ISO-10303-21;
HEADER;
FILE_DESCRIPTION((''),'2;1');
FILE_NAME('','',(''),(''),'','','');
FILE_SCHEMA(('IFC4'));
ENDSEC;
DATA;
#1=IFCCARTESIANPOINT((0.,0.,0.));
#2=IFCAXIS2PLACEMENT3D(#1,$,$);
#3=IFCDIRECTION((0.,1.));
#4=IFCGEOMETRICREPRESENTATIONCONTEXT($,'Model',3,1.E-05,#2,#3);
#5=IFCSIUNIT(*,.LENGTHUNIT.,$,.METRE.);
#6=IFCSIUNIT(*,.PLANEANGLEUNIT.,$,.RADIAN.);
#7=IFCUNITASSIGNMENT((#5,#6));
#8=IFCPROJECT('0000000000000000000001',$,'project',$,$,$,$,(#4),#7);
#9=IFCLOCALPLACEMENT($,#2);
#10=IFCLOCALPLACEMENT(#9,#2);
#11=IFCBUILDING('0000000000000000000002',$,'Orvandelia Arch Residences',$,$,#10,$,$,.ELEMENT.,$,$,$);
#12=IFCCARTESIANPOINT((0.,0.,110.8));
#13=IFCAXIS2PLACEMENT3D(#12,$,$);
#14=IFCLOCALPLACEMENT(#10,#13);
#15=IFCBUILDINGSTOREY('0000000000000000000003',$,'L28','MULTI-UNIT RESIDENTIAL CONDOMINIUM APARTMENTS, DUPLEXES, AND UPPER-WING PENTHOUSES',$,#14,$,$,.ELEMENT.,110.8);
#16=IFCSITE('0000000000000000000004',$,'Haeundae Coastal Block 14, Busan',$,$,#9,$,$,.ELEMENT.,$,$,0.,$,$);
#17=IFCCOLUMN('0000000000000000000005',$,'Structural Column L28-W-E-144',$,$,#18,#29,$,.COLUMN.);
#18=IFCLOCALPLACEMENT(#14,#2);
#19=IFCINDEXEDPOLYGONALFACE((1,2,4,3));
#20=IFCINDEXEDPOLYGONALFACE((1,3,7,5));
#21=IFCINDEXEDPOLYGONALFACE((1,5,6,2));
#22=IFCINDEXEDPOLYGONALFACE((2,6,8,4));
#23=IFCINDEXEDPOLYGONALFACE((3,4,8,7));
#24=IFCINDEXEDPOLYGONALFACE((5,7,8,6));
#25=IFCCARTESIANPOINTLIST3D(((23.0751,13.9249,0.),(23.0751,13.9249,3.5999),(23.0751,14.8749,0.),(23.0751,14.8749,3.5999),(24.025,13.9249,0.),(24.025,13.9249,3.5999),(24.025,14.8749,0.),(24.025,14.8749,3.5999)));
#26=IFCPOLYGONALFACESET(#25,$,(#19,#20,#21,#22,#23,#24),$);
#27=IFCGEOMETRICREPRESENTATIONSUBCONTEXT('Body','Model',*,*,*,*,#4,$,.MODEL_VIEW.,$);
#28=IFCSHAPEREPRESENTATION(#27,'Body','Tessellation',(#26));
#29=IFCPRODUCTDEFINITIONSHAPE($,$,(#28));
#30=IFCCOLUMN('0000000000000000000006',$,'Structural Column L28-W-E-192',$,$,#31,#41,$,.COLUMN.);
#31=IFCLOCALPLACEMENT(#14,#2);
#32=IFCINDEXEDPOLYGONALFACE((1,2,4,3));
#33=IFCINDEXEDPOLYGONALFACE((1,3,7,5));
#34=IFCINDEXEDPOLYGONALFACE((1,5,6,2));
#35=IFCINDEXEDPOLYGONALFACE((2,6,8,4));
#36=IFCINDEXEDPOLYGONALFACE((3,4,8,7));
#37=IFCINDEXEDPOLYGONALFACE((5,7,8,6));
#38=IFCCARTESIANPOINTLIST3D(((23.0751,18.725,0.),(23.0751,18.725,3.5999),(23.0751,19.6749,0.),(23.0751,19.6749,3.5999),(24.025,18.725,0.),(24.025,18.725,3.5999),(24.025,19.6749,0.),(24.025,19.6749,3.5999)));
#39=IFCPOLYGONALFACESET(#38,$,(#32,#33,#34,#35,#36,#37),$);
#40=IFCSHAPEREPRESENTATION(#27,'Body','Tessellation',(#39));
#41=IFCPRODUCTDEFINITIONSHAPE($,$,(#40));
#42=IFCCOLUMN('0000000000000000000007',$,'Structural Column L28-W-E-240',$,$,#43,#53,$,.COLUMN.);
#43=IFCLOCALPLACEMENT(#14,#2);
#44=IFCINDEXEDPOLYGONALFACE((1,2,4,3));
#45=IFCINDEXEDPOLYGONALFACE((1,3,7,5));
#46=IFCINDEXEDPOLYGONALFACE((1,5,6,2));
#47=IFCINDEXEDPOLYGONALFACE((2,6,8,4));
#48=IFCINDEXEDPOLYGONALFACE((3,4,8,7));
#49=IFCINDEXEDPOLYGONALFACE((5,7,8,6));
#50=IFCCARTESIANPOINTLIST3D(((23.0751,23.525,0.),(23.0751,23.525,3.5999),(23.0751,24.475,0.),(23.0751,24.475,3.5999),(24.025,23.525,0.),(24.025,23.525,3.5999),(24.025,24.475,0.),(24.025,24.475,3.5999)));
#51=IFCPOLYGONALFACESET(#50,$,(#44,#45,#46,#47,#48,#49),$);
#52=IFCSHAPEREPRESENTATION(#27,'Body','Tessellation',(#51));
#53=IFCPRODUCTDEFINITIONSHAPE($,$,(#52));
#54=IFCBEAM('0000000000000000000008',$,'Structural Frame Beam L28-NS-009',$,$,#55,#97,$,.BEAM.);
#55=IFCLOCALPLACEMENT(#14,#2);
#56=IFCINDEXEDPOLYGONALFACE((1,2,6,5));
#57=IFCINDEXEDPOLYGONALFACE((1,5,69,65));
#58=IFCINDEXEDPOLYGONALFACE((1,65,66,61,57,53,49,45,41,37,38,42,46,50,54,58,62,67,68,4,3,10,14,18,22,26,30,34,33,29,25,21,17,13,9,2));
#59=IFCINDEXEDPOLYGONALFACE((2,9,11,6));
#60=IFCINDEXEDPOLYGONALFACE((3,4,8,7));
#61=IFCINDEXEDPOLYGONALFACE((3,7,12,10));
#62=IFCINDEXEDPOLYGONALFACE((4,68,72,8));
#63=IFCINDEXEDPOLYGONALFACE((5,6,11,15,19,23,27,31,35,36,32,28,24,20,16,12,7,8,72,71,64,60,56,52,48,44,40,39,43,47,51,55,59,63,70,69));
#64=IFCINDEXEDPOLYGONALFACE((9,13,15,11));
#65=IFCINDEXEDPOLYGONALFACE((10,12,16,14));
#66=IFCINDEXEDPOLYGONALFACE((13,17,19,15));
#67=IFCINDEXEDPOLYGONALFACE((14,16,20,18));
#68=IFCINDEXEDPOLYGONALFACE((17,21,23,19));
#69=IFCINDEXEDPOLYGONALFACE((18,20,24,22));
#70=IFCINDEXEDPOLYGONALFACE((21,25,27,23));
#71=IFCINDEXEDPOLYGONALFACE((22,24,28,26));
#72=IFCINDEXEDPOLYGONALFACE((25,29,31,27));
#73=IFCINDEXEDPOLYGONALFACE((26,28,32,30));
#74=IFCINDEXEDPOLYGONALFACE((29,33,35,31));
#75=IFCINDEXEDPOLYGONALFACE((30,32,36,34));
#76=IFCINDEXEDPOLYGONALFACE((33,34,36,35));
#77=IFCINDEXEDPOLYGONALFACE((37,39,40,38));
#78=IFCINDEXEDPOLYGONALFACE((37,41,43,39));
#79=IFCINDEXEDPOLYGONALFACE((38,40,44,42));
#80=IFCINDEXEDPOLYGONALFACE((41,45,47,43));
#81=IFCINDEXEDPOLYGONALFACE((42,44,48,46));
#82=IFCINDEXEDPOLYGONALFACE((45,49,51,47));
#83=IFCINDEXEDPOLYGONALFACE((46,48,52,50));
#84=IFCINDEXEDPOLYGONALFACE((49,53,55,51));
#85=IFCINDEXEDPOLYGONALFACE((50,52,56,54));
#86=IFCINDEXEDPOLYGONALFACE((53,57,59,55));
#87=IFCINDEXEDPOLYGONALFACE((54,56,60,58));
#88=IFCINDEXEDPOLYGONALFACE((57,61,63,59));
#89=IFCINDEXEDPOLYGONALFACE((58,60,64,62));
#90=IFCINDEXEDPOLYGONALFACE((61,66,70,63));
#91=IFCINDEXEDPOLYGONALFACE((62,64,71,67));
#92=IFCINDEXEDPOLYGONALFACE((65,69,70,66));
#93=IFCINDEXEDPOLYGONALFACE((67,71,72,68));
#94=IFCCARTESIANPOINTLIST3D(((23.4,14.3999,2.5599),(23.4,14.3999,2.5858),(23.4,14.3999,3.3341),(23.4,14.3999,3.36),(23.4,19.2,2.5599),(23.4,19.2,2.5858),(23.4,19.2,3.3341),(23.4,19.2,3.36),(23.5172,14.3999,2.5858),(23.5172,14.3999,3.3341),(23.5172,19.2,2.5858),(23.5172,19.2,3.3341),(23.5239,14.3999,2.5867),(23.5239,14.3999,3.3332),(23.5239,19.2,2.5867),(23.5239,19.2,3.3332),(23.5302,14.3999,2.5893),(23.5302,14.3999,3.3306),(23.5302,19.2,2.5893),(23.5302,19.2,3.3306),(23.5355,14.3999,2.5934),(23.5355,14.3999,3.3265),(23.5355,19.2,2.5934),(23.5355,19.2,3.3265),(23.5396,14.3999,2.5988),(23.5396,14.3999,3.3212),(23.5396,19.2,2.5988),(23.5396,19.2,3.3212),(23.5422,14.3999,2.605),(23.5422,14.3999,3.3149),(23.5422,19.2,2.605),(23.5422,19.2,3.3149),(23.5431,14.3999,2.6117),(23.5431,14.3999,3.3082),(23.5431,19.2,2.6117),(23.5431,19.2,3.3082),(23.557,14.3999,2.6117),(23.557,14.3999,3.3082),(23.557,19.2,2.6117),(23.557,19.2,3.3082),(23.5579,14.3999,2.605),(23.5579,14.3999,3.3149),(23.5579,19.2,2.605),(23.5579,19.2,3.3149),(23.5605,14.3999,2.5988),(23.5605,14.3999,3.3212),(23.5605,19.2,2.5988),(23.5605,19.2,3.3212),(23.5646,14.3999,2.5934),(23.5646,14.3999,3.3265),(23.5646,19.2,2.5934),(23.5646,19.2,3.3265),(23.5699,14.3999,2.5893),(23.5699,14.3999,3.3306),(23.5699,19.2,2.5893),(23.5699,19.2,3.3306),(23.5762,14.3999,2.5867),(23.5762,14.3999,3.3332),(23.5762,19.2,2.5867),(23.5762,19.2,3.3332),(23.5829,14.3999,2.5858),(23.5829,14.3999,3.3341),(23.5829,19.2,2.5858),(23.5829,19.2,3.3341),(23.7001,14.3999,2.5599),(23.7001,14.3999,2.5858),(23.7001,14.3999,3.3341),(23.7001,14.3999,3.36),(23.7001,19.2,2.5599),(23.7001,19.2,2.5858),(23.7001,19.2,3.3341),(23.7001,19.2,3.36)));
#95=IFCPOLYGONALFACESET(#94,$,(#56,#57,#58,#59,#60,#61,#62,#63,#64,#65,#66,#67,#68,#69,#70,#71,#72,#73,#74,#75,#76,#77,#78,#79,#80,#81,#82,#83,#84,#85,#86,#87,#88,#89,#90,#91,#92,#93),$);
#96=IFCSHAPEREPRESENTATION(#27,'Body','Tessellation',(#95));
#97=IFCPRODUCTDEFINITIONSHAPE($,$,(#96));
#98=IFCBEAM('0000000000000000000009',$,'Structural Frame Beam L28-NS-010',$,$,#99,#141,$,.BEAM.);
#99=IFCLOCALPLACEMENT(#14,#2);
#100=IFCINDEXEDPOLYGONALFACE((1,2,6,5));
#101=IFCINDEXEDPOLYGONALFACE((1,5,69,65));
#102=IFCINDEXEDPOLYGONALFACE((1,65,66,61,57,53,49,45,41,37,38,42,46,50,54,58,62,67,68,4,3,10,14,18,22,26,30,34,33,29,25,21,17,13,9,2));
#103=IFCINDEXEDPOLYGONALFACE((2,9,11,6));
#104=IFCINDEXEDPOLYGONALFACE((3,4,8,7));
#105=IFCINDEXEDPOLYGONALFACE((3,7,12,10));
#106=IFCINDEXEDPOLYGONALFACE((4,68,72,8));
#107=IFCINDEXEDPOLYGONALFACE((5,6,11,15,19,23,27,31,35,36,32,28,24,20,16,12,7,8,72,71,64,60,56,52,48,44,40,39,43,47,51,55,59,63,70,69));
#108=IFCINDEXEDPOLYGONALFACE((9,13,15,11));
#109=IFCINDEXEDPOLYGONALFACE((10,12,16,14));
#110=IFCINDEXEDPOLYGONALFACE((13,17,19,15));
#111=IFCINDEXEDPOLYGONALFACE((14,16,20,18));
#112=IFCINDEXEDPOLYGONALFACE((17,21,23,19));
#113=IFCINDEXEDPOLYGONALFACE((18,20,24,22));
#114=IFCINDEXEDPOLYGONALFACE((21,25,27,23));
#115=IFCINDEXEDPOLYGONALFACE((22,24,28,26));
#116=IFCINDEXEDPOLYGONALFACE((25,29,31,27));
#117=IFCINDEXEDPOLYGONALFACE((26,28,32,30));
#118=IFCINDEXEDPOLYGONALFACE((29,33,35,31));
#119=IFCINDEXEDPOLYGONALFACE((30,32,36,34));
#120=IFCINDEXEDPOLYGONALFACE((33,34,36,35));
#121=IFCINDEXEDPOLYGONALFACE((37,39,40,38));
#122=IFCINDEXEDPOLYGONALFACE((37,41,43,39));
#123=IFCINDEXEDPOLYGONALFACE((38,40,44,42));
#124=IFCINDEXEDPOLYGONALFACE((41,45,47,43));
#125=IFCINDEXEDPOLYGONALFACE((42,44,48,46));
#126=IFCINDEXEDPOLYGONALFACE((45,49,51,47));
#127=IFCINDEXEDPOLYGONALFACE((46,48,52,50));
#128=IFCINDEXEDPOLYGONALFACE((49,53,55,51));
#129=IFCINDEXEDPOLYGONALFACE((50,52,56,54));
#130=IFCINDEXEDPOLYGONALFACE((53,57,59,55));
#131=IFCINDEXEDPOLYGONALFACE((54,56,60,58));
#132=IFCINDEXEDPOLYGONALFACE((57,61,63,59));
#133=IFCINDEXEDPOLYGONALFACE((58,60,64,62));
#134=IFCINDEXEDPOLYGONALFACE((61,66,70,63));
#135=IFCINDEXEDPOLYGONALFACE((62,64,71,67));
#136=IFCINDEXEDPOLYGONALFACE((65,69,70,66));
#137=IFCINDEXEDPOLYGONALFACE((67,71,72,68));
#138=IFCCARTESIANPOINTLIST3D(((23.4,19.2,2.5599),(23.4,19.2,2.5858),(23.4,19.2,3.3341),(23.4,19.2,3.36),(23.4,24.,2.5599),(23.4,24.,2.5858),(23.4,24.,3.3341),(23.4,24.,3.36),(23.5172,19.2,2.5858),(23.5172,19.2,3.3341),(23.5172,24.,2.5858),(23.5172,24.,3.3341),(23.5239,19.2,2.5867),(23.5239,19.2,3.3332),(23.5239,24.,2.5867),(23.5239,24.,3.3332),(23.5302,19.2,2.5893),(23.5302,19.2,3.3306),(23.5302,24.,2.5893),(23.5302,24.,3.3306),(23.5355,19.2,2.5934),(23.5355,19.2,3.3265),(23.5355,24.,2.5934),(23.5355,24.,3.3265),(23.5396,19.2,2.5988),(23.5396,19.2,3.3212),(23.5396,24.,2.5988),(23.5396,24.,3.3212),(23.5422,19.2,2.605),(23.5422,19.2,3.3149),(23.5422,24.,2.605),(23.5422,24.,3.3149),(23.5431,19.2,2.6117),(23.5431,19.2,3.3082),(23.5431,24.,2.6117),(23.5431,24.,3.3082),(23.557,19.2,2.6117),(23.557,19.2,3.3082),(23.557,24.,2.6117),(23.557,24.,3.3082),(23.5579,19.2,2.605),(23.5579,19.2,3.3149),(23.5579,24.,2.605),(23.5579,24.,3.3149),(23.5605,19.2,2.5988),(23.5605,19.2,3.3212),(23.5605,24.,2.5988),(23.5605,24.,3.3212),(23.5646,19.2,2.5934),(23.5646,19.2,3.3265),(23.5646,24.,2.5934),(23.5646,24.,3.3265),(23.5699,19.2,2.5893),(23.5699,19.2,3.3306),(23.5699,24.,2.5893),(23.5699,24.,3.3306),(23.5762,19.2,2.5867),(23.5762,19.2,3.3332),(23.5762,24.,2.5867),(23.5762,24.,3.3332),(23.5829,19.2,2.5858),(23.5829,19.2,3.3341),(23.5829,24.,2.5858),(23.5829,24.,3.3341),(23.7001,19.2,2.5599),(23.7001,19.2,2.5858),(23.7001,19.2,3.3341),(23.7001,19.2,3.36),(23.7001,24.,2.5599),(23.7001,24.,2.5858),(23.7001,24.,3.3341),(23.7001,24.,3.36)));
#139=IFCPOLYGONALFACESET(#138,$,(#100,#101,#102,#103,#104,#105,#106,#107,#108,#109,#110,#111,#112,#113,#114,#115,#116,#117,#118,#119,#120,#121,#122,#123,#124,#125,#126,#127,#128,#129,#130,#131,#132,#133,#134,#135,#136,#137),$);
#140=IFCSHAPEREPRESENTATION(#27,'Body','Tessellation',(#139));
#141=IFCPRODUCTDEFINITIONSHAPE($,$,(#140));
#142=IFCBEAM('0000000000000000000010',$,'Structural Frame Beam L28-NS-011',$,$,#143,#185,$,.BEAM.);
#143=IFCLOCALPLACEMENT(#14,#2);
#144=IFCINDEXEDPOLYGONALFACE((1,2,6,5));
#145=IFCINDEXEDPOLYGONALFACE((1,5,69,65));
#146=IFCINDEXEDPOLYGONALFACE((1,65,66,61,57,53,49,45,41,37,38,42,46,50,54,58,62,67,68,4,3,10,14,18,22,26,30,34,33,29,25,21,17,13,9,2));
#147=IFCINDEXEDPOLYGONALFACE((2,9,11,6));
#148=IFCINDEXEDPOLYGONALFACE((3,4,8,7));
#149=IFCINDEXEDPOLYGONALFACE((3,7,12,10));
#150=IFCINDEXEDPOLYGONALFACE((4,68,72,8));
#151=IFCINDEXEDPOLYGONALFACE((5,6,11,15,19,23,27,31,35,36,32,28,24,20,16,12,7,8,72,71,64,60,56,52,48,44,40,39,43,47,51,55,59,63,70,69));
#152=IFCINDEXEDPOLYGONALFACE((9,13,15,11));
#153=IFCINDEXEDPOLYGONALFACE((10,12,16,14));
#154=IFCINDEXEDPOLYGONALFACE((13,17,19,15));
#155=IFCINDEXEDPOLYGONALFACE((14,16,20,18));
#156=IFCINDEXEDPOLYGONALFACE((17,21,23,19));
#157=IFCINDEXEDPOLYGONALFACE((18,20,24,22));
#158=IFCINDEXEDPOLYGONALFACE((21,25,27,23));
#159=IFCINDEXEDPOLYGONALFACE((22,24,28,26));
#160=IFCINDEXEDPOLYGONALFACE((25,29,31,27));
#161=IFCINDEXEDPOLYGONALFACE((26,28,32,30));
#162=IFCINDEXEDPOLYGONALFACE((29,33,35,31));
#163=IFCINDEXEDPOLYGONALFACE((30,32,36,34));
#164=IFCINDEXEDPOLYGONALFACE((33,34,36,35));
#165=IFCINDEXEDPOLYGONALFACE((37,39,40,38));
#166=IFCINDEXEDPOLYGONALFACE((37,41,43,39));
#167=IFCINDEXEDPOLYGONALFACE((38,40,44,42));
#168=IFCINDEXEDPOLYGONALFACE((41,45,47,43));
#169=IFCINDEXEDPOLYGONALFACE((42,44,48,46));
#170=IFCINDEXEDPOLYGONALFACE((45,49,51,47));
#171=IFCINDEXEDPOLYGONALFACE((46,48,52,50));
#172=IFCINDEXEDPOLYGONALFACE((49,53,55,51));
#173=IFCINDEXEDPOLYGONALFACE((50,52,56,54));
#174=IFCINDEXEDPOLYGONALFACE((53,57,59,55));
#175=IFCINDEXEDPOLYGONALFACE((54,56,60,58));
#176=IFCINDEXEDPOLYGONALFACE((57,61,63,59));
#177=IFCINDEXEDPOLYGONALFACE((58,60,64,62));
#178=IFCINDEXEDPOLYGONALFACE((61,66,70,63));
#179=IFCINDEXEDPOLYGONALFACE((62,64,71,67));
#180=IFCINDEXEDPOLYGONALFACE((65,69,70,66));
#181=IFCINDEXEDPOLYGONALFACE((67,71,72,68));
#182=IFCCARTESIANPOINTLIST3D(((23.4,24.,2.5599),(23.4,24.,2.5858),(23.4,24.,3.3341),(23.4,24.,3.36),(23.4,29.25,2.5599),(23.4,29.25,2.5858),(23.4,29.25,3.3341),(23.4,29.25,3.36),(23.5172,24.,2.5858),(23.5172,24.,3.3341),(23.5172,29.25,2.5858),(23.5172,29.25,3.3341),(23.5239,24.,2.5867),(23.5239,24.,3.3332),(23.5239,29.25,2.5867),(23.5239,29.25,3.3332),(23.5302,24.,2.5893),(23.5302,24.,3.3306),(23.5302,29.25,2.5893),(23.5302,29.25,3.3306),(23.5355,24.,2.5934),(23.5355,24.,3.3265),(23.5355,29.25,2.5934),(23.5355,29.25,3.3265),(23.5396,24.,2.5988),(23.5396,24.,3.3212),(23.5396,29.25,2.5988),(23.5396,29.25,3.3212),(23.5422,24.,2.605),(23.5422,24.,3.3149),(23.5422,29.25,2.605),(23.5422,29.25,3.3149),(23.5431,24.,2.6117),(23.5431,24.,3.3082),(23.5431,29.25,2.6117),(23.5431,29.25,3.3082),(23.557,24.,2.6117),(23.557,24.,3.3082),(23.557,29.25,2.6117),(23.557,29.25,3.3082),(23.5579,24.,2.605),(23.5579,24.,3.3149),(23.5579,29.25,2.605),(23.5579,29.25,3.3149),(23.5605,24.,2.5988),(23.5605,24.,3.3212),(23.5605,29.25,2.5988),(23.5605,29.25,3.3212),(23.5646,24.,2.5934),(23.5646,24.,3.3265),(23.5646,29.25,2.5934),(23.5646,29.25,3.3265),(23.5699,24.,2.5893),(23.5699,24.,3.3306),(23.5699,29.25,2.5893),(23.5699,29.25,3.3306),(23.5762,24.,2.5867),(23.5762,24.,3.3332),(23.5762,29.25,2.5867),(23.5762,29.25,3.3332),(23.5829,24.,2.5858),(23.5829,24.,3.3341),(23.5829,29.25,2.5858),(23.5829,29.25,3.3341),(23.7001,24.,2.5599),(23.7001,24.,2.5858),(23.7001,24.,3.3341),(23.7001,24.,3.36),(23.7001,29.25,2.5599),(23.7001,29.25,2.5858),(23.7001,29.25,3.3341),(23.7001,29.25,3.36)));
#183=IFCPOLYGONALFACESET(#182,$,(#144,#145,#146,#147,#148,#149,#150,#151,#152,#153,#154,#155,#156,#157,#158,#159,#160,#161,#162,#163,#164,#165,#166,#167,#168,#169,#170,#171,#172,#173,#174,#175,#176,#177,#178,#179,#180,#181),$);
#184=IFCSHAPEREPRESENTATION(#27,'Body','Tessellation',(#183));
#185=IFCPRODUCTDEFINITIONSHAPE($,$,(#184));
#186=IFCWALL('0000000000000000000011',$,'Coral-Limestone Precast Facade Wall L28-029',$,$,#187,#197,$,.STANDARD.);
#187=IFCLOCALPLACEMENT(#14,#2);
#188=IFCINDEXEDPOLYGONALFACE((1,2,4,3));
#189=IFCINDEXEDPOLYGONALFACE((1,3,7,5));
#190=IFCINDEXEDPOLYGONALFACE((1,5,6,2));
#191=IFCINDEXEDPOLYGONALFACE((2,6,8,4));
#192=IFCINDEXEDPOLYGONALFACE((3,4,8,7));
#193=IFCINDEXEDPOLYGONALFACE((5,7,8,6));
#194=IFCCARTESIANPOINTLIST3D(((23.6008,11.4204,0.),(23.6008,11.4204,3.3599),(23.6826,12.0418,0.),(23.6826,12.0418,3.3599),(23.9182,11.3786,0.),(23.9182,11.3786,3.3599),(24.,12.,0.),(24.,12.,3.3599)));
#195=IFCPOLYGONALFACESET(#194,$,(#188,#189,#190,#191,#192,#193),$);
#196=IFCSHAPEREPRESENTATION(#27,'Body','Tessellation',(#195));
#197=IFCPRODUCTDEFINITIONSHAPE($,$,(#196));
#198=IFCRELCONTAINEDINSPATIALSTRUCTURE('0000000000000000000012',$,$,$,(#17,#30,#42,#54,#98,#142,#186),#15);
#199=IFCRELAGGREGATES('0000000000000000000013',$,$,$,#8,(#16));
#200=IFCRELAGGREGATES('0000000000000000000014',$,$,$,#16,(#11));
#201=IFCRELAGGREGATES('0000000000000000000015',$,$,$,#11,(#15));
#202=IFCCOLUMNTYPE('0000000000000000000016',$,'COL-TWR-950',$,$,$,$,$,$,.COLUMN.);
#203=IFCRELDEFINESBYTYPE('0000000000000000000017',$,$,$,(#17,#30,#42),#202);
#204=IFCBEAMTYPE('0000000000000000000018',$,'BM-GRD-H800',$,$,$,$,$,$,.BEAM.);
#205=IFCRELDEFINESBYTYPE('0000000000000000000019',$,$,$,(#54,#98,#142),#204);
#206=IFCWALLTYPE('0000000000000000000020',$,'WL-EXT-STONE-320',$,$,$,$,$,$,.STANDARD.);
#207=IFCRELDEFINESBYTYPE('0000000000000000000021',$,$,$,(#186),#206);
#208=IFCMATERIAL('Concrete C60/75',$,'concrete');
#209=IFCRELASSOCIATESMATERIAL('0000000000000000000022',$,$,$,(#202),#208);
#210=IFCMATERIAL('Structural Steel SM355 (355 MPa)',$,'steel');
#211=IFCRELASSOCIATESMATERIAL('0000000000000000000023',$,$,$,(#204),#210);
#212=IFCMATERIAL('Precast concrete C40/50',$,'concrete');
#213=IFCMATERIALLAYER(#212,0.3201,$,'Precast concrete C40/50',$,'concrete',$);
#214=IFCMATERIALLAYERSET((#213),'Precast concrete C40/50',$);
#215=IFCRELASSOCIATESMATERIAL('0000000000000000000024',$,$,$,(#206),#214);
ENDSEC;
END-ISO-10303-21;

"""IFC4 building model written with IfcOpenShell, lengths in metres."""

from ifc_helpers import new_model, si_unit, direction, frame, frame_2d, origin, origin_2d, place, context, subcontext, project, spatial, rectangle, i_section, extrude, material, layer, layer_set, material_profile, profile_set, type_object, element, save


model = new_model("IFC4")

# Units and contexts
model_context = context("Model", 3, precision=1e-05, world=origin(), true_north=direction((0.0, 1.0)))
body_context = subcontext(model_context, "Body", "Model", "MODEL_VIEW")
ifc_project = project(units=[si_unit("LENGTHUNIT", "METRE"), si_unit("PLANEANGLEUNIT", "RADIAN")], contexts=[model_context])

# Site, building, storey
site_placement = place(None, origin())
site = spatial("IfcSite", under=ifc_project, at=site_placement, Name="Haeundae Coastal Block 14, Busan", CompositionType="ELEMENT", RefElevation=0.0)
building_placement = place(site_placement, origin())
building = spatial("IfcBuilding", under=site, at=building_placement, Name="Orvandelia Arch Residences", CompositionType="ELEMENT")
storey_placement = place(building_placement, frame((0.0, 0.0, 110.8)))
storey = spatial("IfcBuildingStorey", under=building, at=storey_placement, Name="L28", Description="MULTI-UNIT RESIDENTIAL CONDOMINIUM APARTMENTS, DUPLEXES, AND UPPER-WING PENTHOUSES", CompositionType="ELEMENT", Elevation=110.8)

# Columns
ifc_material_1 = material(Name="Concrete C60/75", Category="concrete")
ifc_material_profile_1 = material_profile(ifc_material_1, rectangle(XDim=0.95, YDim=0.95, at=origin_2d()), Name="Concrete C60/75", Category="concrete")
ifc_profile_set_1 = profile_set([ifc_material_profile_1], Name="Concrete C60/75")
column_type = type_object("IfcColumnType", Name="COL-TWR-950", PredefinedType="COLUMN", material=ifc_profile_set_1)
for number, where, z_axis, x_axis, name in (
    (1, (23.55, 14.3999, 0.0), (0.0, 0.0, 1.0), (1.0, 0.0, 0.0), "Structural Column L28-W-E-144"),
    (2, (23.55, 19.2, 0.0), (0.0, 0.0, 1.0), (1.0, 0.0, 0.0), "Structural Column L28-W-E-192"),
    (3, (23.55, 24.0, 0.0), (0.0, 0.0, 1.0), (1.0, 0.0, 0.0), "Structural Column L28-W-E-240"),
):
    element("IfcColumn", number, at=place(storey_placement, frame(where, z_axis=z_axis, x_axis=x_axis)), inside=storey, type_object=column_type, Name=name, PredefinedType="COLUMN", context=body_context, shape_type="SweptSolid", body=[
        extrude(rectangle(XDim=0.95, YDim=0.95, at=origin_2d()), origin(), (0.0, 0.0, 1.0), 3.5999),
    ])

# Beams
ifc_material_2 = material(Name="Structural Steel SM355 (355 MPa)", Category="steel")
ifc_material_profile_2 = material_profile(ifc_material_2, i_section(OverallWidth=0.3, OverallDepth=0.8, WebThickness=0.0139, FlangeThickness=0.0259, FilletRadius=0.0259, at=origin_2d()), Name="Structural Steel SM355 (355 MPa)", Category="steel")
ifc_profile_set_2 = profile_set([ifc_material_profile_2], Name="Structural Steel SM355 (355 MPa)")
beam_type = type_object("IfcBeamType", Name="BM-GRD-H800", PredefinedType="BEAM", material=ifc_profile_set_2)
for number, where, z_axis, x_axis, name in (
    (4, (23.55, 14.3999, 2.96), (0.0, 1.0, 0.0), (-1.0, 0.0, 0.0), "Structural Frame Beam L28-NS-009"),
    (5, (23.55, 19.2, 2.96), (0.0, 1.0, 0.0), (-1.0, 0.0, 0.0), "Structural Frame Beam L28-NS-010"),
):
    element("IfcBeam", number, at=place(storey_placement, frame(where, z_axis=z_axis, x_axis=x_axis)), inside=storey, type_object=beam_type, Name=name, PredefinedType="BEAM", context=body_context, shape_type="SweptSolid", body=[
        extrude(i_section(OverallWidth=0.3, OverallDepth=0.8, WebThickness=0.0139, FlangeThickness=0.0259, FilletRadius=0.0259, at=origin_2d()), origin(), (0.0, 0.0, 1.0), 4.8),
    ])
beam_placement = place(storey_placement, frame((23.55, 24.0, 2.96), z_axis=(0.0, 1.0, 0.0), x_axis=(-1.0, 0.0, 0.0)))
element("IfcBeam", 6, at=beam_placement, inside=storey, type_object=beam_type, Name="Structural Frame Beam L28-NS-011", PredefinedType="BEAM", context=body_context, shape_type="SweptSolid", body=[
    extrude(i_section(OverallWidth=0.3, OverallDepth=0.8, WebThickness=0.0139, FlangeThickness=0.0259, FilletRadius=0.0259, at=origin_2d()), origin(), (0.0, 0.0, 1.0), 5.25),
])

# Wall
ifc_material_3 = material(Name="Precast concrete C40/50", Category="concrete")
ifc_layer_1 = layer(ifc_material_3, 0.3201, Name="Precast concrete C40/50", Category="concrete")
ifc_layer_set_1 = layer_set([ifc_layer_1], Name="Precast concrete C40/50")
wall_type_1 = type_object("IfcWallType", Name="WL-EXT-STONE-320", PredefinedType="STANDARD", material=ifc_layer_set_1)
wall_1_placement = place(storey_placement, frame((23.8413, 12.021, 0.0), z_axis=(0.0, 0.0, 1.0), x_axis=(-0.130505, -0.991448, 0.0)))
element("IfcWall", 7, at=wall_1_placement, inside=storey, type_object=wall_type_1, Name="Coral-Limestone Precast Facade Wall L28-029", PredefinedType="STANDARD", context=body_context, shape_type="SweptSolid", body=[
    extrude(rectangle(XDim=0.6267, YDim=0.3201, at=frame_2d((0.3135, 0.0))), origin(), (0.0, 0.0, 1.0), 3.3599),
])

save(model, "model.ifc")
